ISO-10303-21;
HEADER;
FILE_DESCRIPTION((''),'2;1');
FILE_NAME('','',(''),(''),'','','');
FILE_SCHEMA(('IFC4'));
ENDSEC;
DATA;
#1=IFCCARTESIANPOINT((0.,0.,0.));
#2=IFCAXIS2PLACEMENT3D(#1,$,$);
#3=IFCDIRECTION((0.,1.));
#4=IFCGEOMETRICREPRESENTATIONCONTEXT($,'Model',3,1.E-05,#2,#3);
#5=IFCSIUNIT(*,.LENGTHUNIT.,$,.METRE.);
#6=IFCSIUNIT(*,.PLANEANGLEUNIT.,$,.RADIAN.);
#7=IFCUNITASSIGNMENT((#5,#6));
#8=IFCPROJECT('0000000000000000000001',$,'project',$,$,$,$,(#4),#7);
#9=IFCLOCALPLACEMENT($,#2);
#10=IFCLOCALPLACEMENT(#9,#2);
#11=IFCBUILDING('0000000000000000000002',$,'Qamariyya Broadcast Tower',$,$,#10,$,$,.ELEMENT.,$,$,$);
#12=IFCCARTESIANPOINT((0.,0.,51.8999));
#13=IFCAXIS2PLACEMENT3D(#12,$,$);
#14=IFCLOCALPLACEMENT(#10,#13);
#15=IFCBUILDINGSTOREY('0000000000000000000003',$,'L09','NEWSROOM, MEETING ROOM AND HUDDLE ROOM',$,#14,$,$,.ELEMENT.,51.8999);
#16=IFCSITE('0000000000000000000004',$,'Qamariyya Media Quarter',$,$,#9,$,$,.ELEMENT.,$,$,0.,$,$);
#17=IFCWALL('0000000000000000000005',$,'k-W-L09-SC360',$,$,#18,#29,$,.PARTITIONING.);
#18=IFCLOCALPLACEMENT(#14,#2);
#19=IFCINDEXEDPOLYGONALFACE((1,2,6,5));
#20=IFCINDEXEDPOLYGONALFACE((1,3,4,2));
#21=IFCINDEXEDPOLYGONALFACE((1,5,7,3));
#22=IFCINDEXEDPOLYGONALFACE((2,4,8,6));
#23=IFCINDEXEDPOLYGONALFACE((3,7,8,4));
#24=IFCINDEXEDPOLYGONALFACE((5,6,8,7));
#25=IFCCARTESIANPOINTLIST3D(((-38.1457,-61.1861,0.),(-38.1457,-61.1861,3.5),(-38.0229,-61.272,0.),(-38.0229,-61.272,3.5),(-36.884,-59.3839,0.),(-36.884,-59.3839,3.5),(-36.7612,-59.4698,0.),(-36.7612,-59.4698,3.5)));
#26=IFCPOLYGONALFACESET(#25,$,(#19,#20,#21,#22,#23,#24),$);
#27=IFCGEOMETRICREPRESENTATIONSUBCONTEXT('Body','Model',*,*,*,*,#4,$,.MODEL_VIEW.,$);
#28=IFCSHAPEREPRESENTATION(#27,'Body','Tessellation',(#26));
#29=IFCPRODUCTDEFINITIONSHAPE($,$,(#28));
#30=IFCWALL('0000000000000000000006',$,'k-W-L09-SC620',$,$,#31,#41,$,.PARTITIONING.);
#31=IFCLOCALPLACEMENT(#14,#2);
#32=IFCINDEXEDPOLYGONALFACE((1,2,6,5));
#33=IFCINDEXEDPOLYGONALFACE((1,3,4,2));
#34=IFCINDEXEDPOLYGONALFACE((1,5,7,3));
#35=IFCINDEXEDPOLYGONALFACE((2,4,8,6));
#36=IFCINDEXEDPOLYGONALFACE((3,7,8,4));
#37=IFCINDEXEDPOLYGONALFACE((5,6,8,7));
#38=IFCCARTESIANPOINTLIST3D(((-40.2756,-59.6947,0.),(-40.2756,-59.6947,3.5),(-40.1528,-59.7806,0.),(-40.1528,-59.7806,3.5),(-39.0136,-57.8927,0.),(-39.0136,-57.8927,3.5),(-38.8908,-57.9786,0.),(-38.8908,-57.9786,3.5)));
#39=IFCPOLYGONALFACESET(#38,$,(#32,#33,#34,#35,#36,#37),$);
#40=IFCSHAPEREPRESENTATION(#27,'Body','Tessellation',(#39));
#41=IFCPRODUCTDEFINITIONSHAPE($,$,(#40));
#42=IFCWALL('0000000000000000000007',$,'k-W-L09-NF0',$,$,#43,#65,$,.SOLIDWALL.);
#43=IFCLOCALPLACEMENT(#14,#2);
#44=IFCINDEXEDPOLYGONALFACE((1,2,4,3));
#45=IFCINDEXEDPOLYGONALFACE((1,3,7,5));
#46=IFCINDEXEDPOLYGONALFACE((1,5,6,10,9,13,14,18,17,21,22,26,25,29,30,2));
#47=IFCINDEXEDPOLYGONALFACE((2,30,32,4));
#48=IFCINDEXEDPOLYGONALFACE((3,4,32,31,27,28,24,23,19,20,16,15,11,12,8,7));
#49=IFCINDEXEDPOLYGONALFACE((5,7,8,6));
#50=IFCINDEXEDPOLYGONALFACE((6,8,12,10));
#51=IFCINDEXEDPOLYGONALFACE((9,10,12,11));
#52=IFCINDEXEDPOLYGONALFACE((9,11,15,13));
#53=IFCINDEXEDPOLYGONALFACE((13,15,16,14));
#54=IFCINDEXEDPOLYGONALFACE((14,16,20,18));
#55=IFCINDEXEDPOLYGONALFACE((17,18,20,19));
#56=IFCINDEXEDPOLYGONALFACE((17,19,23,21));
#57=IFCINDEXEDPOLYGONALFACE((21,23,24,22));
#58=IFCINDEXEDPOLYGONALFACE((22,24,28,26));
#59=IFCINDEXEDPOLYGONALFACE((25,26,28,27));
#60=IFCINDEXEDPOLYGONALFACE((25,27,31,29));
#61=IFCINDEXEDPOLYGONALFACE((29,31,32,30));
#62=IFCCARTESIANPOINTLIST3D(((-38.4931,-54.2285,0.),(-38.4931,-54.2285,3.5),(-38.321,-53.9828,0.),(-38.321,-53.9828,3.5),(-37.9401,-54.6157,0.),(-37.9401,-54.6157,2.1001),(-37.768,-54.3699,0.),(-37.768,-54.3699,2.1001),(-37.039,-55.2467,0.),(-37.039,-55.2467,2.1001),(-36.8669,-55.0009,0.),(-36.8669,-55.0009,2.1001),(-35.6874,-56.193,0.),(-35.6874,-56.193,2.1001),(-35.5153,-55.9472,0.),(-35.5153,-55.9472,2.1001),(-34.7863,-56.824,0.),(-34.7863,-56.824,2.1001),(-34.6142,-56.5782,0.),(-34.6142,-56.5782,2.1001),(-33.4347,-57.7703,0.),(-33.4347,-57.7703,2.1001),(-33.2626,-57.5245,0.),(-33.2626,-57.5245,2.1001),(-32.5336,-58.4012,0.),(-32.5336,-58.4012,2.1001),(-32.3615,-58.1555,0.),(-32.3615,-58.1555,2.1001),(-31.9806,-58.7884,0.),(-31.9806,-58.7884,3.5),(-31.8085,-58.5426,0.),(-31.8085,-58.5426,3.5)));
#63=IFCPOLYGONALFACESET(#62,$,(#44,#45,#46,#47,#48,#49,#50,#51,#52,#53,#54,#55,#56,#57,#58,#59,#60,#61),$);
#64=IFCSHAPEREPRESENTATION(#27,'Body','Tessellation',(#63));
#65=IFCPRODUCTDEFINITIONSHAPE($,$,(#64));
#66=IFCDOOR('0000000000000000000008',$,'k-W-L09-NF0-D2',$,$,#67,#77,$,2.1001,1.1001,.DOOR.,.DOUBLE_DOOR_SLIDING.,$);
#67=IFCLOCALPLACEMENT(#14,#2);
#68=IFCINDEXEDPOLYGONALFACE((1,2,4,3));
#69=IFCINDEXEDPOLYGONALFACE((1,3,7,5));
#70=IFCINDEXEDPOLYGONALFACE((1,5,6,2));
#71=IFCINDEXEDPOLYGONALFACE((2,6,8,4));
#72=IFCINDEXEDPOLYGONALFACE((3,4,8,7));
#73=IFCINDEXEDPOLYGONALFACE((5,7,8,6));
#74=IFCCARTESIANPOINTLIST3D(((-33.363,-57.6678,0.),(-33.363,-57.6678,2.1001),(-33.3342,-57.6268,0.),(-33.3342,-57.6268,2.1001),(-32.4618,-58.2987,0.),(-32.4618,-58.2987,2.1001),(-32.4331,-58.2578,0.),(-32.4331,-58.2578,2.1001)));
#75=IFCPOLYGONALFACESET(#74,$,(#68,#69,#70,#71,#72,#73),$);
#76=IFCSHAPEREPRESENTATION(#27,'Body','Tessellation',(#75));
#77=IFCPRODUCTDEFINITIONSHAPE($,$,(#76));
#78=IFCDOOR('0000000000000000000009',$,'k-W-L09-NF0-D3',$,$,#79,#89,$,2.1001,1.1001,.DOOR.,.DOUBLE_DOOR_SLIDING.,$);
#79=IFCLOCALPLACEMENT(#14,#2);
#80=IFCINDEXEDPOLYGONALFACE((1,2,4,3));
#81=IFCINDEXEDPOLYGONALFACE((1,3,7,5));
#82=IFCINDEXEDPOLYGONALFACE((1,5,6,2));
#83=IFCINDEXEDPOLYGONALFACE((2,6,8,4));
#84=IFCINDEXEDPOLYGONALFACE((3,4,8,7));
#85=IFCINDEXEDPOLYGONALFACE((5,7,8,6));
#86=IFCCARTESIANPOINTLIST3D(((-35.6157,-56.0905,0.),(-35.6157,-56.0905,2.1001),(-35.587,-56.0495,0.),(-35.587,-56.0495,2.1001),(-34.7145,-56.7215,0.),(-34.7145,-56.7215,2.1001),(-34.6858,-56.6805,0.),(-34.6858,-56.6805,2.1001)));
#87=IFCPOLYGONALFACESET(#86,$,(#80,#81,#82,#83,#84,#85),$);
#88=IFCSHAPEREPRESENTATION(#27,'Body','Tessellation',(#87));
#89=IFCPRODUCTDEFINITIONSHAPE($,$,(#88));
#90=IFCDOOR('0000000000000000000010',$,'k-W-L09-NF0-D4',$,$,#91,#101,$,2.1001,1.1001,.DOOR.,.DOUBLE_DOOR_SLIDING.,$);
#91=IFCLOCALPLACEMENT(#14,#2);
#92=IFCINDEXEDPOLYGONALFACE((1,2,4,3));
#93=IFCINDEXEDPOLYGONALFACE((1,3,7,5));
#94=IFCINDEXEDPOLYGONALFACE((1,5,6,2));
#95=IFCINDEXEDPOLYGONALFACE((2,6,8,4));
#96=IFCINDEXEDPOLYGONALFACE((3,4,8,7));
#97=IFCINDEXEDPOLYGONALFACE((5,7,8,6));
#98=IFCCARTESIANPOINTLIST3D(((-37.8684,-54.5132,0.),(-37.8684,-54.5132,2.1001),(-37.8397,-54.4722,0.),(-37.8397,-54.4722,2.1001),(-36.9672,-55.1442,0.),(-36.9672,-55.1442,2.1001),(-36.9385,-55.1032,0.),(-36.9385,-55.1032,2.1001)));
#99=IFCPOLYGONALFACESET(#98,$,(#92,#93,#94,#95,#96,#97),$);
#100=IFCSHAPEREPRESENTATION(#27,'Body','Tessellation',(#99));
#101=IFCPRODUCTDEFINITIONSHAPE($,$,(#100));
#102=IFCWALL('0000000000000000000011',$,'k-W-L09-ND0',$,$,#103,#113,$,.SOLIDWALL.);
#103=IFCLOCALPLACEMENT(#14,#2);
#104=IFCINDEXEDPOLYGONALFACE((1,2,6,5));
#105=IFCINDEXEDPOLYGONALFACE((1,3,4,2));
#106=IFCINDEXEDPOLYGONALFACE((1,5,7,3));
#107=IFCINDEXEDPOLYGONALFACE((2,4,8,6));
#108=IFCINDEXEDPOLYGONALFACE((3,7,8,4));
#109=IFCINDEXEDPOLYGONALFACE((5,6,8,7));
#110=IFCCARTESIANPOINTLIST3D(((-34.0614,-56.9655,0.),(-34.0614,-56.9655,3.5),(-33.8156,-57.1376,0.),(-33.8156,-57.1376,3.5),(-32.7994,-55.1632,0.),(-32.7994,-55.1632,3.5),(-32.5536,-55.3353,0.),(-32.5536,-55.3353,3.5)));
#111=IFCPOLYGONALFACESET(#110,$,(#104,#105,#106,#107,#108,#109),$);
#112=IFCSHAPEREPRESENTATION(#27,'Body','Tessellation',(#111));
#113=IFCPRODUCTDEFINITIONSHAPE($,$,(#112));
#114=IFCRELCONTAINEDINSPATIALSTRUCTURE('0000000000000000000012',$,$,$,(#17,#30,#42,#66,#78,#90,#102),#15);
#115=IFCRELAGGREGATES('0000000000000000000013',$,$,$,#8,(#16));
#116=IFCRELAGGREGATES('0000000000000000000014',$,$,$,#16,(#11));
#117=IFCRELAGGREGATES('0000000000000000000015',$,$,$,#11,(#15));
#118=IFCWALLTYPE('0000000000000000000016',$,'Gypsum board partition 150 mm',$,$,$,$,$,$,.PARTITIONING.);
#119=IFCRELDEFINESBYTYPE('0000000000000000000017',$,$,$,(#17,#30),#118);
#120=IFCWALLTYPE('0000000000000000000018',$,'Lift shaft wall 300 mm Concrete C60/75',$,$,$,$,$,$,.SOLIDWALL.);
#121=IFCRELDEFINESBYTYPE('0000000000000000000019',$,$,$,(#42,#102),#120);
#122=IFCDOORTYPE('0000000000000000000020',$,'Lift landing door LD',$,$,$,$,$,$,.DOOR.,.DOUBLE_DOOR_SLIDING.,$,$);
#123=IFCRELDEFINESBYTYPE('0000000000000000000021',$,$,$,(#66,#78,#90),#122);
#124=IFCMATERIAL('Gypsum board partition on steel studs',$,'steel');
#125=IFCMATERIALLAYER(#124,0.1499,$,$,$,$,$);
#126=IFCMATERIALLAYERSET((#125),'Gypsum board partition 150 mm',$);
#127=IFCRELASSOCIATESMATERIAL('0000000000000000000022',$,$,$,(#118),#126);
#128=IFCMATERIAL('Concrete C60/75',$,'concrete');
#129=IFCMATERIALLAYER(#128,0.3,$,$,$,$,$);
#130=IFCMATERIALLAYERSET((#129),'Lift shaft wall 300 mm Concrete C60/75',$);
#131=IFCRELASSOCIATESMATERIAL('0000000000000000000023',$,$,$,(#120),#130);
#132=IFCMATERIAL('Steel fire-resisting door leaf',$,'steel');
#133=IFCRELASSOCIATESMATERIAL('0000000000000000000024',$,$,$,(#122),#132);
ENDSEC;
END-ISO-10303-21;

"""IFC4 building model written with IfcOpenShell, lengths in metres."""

from ifc_helpers import new_model, si_unit, direction, frame, frame_2d, origin, place, context, subcontext, project, spatial, rectangle, extrude, material, layer, layer_set, type_object, element, fill, save


model = new_model("IFC4")

# Units and contexts
model_context = context("Model", 3, precision=1e-05, world=origin(), true_north=direction((0.0, 1.0)))
body_context = subcontext(model_context, "Body", "Model", "MODEL_VIEW")
ifc_project = project(units=[si_unit("LENGTHUNIT", "METRE"), si_unit("PLANEANGLEUNIT", "RADIAN")], contexts=[model_context])

# Site, building, storey
site_placement = place(None, origin())
site = spatial("IfcSite", under=ifc_project, at=site_placement, Name="Qamariyya Media Quarter", CompositionType="ELEMENT", RefElevation=0.0)
building_placement = place(site_placement, origin())
building = spatial("IfcBuilding", under=site, at=building_placement, Name="Qamariyya Broadcast Tower", CompositionType="ELEMENT")
storey_placement = place(building_placement, frame((0.0, 0.0, 51.8999)))
storey = spatial("IfcBuildingStorey", under=building, at=storey_placement, Name="L09", Description="NEWSROOM, MEETING ROOM AND HUDDLE ROOM", CompositionType="ELEMENT", Elevation=51.8999)

# Shared definitions
ifc_material_1 = material(Name="Steel fire-resisting door leaf", Category="steel")

# Walls
ifc_material_2 = material(Name="Gypsum board partition on steel studs", Category="steel")
ifc_layer_1 = layer(ifc_material_2, 0.1499)
ifc_layer_set_1 = layer_set([ifc_layer_1], Name="Gypsum board partition 150 mm")
wall_type_1 = type_object("IfcWallType", Name="Gypsum board partition 150 mm", PredefinedType="PARTITIONING", material=ifc_layer_set_1)
for number, where, z_axis, x_axis, name in (
    (1, (-36.8225, -59.4268, 0.0), (0.0, 0.0, 1.0), (-0.573507, -0.819201, 0.0), "k-W-L09-SC360"),
    (2, (-38.9521, -57.9355, 0.0), (0.0, 0.0, 1.0), (-0.573634, -0.819112, 0.0), "k-W-L09-SC620"),
):
    element("IfcWall", number, at=place(storey_placement, frame(where, z_axis=z_axis, x_axis=x_axis)), inside=storey, type_object=wall_type_1, Name=name, PredefinedType="PARTITIONING", context=body_context, shape_type="SweptSolid", body=[
        extrude(rectangle(XDim=2.2, YDim=0.1499, at=frame_2d((1.1001, 0.0))), origin(), (0.0, 0.0, 1.0), 3.5),
    ])

# Wall, openings, doors
ifc_material_3 = material(Name="Concrete C60/75", Category="concrete")
ifc_layer_2 = layer(ifc_material_3, 0.3)
ifc_layer_set_2 = layer_set([ifc_layer_2], Name="Lift shaft wall 300 mm Concrete C60/75")
wall_type_2 = type_object("IfcWallType", Name="Lift shaft wall 300 mm Concrete C60/75", PredefinedType="SOLIDWALL", material=ifc_layer_set_2)
wall_1_placement = place(storey_placement, frame((-31.8945, -58.6655, 0.0), z_axis=(0.0, 0.0, 1.0), x_axis=(-0.819167, 0.573555, 0.0)))
wall_1 = element("IfcWall", 3, at=wall_1_placement, inside=storey, type_object=wall_type_2, Name="k-W-L09-NF0", PredefinedType="SOLIDWALL", context=body_context, shape_type="SweptSolid", body=[
    extrude(rectangle(XDim=7.9502, YDim=0.3, at=frame_2d((3.9751, 0.0))), origin(), (0.0, 0.0, 1.0), 3.5),
])
opening_1_placement = place(wall_1_placement, frame((0.675, 0.0, 0.0)))
opening_1 = element("IfcOpeningElement", 4, at=opening_1_placement, cuts=wall_1, PredefinedType="OPENING", context=body_context, shape_type="SweptSolid", body=[
    extrude(rectangle(XDim=1.1001, YDim=2.1001, at=frame_2d((0.55, 1.05))), frame((0.0, 0.1599, 0.0), z_axis=(0.0, -1.0, 0.0), x_axis=(1.0, 0.0, 0.0)), (0.0, 0.0, 1.0), 0.3201),
])
opening_2_placement = place(wall_1_placement, frame((3.425, 0.0, 0.0)))
opening_2 = element("IfcOpeningElement", 5, at=opening_2_placement, cuts=wall_1, PredefinedType="OPENING", context=body_context, shape_type="SweptSolid", body=[
    extrude(rectangle(XDim=1.1001, YDim=2.1001, at=frame_2d((0.55, 1.05))), frame((0.0, 0.1599, 0.0), z_axis=(0.0, -1.0, 0.0), x_axis=(1.0, 0.0, 0.0)), (0.0, 0.0, 1.0), 0.3201),
])
opening_3_placement = place(wall_1_placement, frame((6.175, 0.0, 0.0)))
opening_3 = element("IfcOpeningElement", 6, at=opening_3_placement, cuts=wall_1, PredefinedType="OPENING", context=body_context, shape_type="SweptSolid", body=[
    extrude(rectangle(XDim=1.1001, YDim=2.1001, at=frame_2d((0.55, 1.05))), frame((0.0, 0.1599, 0.0), z_axis=(0.0, -1.0, 0.0), x_axis=(1.0, 0.0, 0.0)), (0.0, 0.0, 1.0), 0.3201),
])
door_type_1 = type_object("IfcDoorType", Name="Lift landing door LD", OperationType="DOUBLE_DOOR_SLIDING", PredefinedType="DOOR", material=ifc_material_1)
door_1_placement = place(opening_1_placement, origin())
door_1 = element("IfcDoor", 7, at=door_1_placement, inside=storey, type_object=door_type_1, Name="k-W-L09-NF0-D2", OperationType="DOUBLE_DOOR_SLIDING", OverallHeight=2.1001, OverallWidth=1.1001, PredefinedType="DOOR", context=body_context, shape_type="SweptSolid", body=[
    extrude(rectangle(XDim=1.1001, YDim=2.1001, at=frame_2d((0.55, 1.05))), frame((0.0, 0.0249, 0.0), z_axis=(0.0, -1.0, 0.0), x_axis=(1.0, 0.0, 0.0)), (0.0, 0.0, 1.0), 0.05),
])
fill(opening_1, door_1)
door_2_placement = place(opening_2_placement, origin())
door_2 = element("IfcDoor", 8, at=door_2_placement, inside=storey, type_object=door_type_1, Name="k-W-L09-NF0-D3", OperationType="DOUBLE_DOOR_SLIDING", OverallHeight=2.1001, OverallWidth=1.1001, PredefinedType="DOOR", context=body_context, shape_type="SweptSolid", body=[
    extrude(rectangle(XDim=1.1001, YDim=2.1001, at=frame_2d((0.55, 1.05))), frame((0.0, 0.0249, 0.0), z_axis=(0.0, -1.0, 0.0), x_axis=(1.0, 0.0, 0.0)), (0.0, 0.0, 1.0), 0.05),
])
fill(opening_2, door_2)
door_3_placement = place(opening_3_placement, origin())
door_3 = element("IfcDoor", 9, at=door_3_placement, inside=storey, type_object=door_type_1, Name="k-W-L09-NF0-D4", OperationType="DOUBLE_DOOR_SLIDING", OverallHeight=2.1001, OverallWidth=1.1001, PredefinedType="DOOR", context=body_context, shape_type="SweptSolid", body=[
    extrude(rectangle(XDim=1.1001, YDim=2.1001, at=frame_2d((0.55, 1.05))), frame((0.0, 0.0249, 0.0), z_axis=(0.0, -1.0, 0.0), x_axis=(1.0, 0.0, 0.0)), (0.0, 0.0, 1.0), 0.05),
])
fill(opening_3, door_3)

# Wall
wall_2_placement = place(storey_placement, frame((-33.9385, -57.0515, 0.0), z_axis=(0.0, 0.0, 1.0), x_axis=(0.573581, 0.819149, 0.0)))
element("IfcWall", 10, at=wall_2_placement, inside=storey, type_object=wall_type_2, Name="k-W-L09-ND0", PredefinedType="SOLIDWALL", context=body_context, shape_type="SweptSolid", body=[
    extrude(rectangle(XDim=2.2002, YDim=0.3, at=frame_2d((1.1001, 0.0))), origin(), (0.0, 0.0, 1.0), 3.5),
])

save(model, "model.ifc")
